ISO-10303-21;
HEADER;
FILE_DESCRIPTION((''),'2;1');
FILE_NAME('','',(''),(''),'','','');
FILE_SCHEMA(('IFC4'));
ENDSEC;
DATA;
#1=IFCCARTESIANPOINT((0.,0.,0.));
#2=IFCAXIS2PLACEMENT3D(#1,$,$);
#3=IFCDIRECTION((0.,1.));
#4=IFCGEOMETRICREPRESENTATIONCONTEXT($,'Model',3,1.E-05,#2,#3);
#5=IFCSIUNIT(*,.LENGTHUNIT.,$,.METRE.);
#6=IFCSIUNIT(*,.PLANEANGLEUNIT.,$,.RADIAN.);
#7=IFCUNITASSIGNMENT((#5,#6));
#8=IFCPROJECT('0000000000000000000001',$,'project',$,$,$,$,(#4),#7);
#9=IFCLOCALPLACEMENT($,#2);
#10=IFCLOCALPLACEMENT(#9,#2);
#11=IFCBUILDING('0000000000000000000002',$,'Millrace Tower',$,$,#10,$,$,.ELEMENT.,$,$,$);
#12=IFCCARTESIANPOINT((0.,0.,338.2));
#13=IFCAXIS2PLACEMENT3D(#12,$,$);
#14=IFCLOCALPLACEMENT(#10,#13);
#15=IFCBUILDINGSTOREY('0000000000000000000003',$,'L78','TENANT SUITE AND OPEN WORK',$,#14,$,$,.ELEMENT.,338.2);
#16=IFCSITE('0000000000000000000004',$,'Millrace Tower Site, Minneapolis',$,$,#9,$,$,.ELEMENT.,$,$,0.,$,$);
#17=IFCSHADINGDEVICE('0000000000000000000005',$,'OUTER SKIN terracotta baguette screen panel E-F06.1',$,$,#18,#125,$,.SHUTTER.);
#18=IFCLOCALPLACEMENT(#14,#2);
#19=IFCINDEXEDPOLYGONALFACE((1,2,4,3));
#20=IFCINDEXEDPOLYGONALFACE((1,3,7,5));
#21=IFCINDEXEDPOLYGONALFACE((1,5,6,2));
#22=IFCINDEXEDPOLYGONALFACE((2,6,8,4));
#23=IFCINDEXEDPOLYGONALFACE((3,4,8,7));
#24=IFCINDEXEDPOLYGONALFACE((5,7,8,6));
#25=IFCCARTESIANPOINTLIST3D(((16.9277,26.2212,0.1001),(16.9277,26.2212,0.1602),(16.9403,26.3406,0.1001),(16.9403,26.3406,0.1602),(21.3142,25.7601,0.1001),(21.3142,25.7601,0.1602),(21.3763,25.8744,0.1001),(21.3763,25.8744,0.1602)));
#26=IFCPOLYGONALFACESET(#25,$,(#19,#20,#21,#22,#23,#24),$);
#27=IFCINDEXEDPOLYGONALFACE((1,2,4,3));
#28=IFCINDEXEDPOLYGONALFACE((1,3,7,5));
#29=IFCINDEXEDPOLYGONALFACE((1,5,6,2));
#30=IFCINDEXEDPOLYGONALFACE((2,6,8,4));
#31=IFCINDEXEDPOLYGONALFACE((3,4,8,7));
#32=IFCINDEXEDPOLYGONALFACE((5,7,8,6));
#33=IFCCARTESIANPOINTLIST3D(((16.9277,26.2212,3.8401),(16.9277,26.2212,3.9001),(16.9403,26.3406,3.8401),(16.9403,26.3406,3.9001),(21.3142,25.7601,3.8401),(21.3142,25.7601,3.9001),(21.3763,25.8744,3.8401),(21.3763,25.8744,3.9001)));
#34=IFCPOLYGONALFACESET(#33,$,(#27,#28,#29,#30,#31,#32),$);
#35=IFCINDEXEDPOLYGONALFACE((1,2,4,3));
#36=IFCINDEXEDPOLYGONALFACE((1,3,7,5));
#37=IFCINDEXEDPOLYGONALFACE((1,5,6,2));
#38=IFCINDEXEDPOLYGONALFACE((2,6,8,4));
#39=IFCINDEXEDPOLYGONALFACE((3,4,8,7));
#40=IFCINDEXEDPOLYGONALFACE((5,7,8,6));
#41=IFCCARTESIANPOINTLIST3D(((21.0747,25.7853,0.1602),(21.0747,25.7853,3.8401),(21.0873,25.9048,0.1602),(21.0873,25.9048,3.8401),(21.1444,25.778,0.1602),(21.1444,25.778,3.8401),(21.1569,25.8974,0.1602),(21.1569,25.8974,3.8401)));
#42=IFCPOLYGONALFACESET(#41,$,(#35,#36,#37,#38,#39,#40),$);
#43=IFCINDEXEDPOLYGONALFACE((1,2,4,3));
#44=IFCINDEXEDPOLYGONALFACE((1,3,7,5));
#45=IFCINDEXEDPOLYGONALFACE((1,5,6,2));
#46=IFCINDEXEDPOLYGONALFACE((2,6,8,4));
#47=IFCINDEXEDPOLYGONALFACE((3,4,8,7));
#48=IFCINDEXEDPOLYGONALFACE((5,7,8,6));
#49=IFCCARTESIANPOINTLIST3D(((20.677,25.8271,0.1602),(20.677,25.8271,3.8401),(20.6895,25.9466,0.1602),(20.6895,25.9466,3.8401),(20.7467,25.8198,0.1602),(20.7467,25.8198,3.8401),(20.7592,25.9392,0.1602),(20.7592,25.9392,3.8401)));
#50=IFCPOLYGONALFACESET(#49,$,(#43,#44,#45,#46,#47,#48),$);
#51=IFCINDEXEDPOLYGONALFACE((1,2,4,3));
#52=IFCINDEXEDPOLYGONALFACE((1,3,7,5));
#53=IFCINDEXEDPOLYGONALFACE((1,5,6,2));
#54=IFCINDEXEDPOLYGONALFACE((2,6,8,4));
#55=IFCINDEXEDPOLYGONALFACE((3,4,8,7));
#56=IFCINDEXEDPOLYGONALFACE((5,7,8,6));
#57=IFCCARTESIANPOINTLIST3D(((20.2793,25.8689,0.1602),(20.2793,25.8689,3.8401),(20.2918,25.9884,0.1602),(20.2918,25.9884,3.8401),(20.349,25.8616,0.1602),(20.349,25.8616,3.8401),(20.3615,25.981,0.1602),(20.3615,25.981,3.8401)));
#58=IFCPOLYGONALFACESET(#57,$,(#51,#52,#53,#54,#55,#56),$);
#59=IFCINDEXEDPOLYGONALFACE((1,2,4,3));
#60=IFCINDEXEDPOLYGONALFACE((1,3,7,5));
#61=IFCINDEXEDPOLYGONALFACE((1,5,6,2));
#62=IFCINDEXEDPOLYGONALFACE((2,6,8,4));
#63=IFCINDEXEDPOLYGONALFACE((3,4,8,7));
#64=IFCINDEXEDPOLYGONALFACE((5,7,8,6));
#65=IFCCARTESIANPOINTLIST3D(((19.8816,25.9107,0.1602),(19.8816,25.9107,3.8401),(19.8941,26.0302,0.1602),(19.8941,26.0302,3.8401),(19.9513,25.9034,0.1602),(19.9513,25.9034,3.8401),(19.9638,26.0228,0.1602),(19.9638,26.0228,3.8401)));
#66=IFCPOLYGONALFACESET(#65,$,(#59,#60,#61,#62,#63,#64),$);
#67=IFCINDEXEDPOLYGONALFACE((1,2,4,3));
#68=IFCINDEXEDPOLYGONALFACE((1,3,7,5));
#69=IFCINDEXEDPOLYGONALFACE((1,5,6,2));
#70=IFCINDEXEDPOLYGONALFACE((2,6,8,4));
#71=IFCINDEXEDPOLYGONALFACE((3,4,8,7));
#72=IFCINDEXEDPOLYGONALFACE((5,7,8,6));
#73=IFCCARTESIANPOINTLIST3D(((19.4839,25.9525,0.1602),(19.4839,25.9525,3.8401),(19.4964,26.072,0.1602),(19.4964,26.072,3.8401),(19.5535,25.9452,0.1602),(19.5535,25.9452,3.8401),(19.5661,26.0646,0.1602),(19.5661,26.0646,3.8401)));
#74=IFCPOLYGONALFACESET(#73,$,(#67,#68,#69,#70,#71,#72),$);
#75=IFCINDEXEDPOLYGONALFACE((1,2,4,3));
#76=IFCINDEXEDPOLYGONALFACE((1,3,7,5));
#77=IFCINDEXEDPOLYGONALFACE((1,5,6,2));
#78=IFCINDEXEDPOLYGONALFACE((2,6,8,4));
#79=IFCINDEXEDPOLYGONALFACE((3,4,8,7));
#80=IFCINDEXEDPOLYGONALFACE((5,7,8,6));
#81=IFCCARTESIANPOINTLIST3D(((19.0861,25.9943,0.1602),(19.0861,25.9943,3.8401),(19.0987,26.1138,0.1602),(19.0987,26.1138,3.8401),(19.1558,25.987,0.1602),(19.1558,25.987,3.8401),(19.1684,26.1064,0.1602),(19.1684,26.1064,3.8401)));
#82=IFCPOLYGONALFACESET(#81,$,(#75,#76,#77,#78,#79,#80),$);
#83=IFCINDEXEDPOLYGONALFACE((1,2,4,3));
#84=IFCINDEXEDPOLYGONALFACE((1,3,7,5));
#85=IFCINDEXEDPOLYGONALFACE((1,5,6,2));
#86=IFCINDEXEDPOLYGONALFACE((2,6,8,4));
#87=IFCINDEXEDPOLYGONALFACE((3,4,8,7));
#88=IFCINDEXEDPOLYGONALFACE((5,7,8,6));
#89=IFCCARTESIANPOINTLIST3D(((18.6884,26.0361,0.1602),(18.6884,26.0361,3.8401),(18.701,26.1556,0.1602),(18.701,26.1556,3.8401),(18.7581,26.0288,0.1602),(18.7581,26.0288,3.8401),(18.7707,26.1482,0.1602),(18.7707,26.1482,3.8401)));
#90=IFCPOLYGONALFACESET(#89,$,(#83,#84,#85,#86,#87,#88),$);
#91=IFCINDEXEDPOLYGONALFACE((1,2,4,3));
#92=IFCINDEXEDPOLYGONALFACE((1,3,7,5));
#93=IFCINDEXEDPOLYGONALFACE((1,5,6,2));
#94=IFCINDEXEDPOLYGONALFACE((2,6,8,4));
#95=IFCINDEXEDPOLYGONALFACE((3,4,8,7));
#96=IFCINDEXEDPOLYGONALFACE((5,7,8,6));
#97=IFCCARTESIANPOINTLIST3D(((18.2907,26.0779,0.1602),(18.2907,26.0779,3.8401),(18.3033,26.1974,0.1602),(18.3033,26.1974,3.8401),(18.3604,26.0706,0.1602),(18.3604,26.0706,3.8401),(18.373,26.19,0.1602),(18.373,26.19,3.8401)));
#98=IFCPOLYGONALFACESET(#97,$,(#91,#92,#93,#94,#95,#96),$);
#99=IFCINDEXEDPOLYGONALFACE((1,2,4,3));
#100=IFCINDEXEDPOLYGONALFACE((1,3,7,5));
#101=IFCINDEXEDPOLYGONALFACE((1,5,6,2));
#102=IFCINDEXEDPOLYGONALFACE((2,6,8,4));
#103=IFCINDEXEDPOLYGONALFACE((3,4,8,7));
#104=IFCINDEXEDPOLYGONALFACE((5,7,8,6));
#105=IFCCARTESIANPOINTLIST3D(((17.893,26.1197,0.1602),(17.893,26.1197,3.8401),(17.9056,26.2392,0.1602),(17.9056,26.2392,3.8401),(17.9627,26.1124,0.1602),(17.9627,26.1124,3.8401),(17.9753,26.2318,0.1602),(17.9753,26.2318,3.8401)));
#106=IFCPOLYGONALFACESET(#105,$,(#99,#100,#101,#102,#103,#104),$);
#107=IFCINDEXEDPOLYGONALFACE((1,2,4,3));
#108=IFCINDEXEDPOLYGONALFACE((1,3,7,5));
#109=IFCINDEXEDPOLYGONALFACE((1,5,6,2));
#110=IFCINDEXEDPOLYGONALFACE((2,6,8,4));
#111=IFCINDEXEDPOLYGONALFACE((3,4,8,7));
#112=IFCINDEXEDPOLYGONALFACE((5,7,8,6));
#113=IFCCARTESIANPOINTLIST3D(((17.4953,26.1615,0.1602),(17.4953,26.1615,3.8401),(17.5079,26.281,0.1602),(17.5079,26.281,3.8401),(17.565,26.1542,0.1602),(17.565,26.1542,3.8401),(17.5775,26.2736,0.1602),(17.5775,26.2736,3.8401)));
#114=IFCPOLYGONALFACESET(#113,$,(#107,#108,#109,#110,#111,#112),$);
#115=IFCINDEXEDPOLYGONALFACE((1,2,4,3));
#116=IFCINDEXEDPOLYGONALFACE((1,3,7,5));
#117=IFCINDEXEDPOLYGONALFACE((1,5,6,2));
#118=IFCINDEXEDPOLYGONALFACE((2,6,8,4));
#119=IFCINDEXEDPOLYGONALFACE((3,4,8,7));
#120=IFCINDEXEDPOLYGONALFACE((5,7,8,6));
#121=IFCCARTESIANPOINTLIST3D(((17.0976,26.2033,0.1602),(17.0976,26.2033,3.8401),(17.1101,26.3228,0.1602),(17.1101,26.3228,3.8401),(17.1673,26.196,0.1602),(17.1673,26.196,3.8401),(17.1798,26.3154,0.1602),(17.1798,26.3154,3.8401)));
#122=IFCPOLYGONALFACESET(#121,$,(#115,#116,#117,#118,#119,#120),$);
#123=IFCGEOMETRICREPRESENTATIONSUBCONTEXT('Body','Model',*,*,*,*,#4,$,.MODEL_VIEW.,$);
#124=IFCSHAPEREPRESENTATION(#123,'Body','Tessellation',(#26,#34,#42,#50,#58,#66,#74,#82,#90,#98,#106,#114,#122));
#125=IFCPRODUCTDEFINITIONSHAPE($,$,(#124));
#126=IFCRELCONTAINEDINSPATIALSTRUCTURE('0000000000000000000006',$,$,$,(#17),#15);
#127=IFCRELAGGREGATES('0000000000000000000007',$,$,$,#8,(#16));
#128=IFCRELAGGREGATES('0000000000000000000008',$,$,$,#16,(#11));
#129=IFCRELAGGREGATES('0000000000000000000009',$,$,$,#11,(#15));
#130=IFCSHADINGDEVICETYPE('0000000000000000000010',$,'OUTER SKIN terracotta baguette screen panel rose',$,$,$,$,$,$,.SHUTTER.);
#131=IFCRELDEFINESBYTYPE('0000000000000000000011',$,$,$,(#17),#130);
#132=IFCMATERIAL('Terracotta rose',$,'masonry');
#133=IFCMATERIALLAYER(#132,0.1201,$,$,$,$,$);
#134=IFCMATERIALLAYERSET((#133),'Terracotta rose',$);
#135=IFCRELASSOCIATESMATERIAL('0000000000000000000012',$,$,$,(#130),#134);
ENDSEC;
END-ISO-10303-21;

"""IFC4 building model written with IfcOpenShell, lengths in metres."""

from ifc_helpers import new_model, entity, si_unit, direction, frame, frame_2d, origin, place, context, subcontext, project, spatial, rectangle, extrude, source, transform, mapped, material, layer, layer_set, type_object, element, save


model = new_model("IFC4")

# Units and contexts
model_context = context("Model", 3, precision=1e-05, world=origin(), true_north=direction((0.0, 1.0)))
body_context = subcontext(model_context, "Body", "Model", "MODEL_VIEW")
ifc_project = project(units=[si_unit("LENGTHUNIT", "METRE"), si_unit("PLANEANGLEUNIT", "RADIAN")], contexts=[model_context])

# Site, building, storey
site_placement = place(None, origin())
site = spatial("IfcSite", under=ifc_project, at=site_placement, Name="Millrace Tower Site, Minneapolis", CompositionType="ELEMENT", RefElevation=0.0)
building_placement = place(site_placement, origin())
building = spatial("IfcBuilding", under=site, at=building_placement, Name="Millrace Tower", CompositionType="ELEMENT")
storey_placement = place(building_placement, frame((0.0, 0.0, 338.2)))
storey = spatial("IfcBuildingStorey", under=building, at=storey_placement, Name="L78", Description="TENANT SUITE AND OPEN WORK", CompositionType="ELEMENT", Elevation=338.2)

# Shading device
ifc_material_1 = material(Name="Terracotta rose", Category="masonry")
ifc_layer_1 = layer(ifc_material_1, 0.1201)
ifc_layer_set_1 = layer_set([ifc_layer_1], Name="Terracotta rose")
shading_device_type = type_object("IfcShadingDeviceType", Name="OUTER SKIN terracotta baguette screen panel rose", PredefinedType="SHUTTER", material=ifc_layer_set_1)
cartesian_point_1 = entity("IfcCartesianPoint", [-2.1929, 0.0601])
shared_polyline_1 = entity("IfcPolyline", [cartesian_point_1, entity("IfcCartesianPoint", [2.2178, 0.0601]), entity("IfcCartesianPoint", [2.2178, -0.0601]), entity("IfcCartesianPoint", [-2.2427, -0.0601]), cartesian_point_1])
shared_shape_1 = source(origin(), body_context, "Body", "SweptSolid", [
    entity("IfcExtrudedAreaSolid", entity("IfcArbitraryClosedProfileDef", "AREA", None, shared_polyline_1), entity("IfcAxis2Placement3D", entity("IfcCartesianPoint", [0.0, 0.0, 0.0])), entity("IfcDirection", [0.0, 0.0, 1.0]), 0.0601),
    entity("IfcExtrudedAreaSolid", entity("IfcArbitraryClosedProfileDef", "AREA", None, shared_polyline_1), entity("IfcAxis2Placement3D", entity("IfcCartesianPoint", [0.0, 0.0, 3.74])), entity("IfcDirection", [0.0, 0.0, 1.0]), 0.0601),
    extrude(rectangle(XDim=0.0701, YDim=0.1201, at=frame_2d((-1.9871, 0.0))), frame((0.0, 0.0, 0.0601)), (0.0, 0.0, 1.0), 3.6799),
    extrude(rectangle(XDim=0.0701, YDim=0.1201, at=frame_2d((-1.5872, 0.0))), frame((0.0, 0.0, 0.0601)), (0.0, 0.0, 1.0), 3.6799),
    extrude(rectangle(XDim=0.0701, YDim=0.1201, at=frame_2d((-1.1873, 0.0))), frame((0.0, 0.0, 0.0601)), (0.0, 0.0, 1.0), 3.6799),
    extrude(rectangle(XDim=0.0701, YDim=0.1201, at=frame_2d((-0.7874, 0.0))), frame((0.0, 0.0, 0.0601)), (0.0, 0.0, 1.0), 3.6799),
    extrude(rectangle(XDim=0.0701, YDim=0.1201, at=frame_2d((-0.3875, 0.0))), frame((0.0, 0.0, 0.0601)), (0.0, 0.0, 1.0), 3.6799),
    extrude(rectangle(XDim=0.0701, YDim=0.1201, at=frame_2d((0.0125, 0.0))), frame((0.0, 0.0, 0.0601)), (0.0, 0.0, 1.0), 3.6799),
    extrude(rectangle(XDim=0.0701, YDim=0.1201, at=frame_2d((0.4124, 0.0))), frame((0.0, 0.0, 0.0601)), (0.0, 0.0, 1.0), 3.6799),
    extrude(rectangle(XDim=0.0701, YDim=0.1201, at=frame_2d((0.8123, 0.0))), frame((0.0, 0.0, 0.0601)), (0.0, 0.0, 1.0), 3.6799),
    extrude(rectangle(XDim=0.0701, YDim=0.1201, at=frame_2d((1.2122, 0.0))), frame((0.0, 0.0, 0.0601)), (0.0, 0.0, 1.0), 3.6799),
    extrude(rectangle(XDim=0.0701, YDim=0.1201, at=frame_2d((1.6121, 0.0))), frame((0.0, 0.0, 0.0601)), (0.0, 0.0, 1.0), 3.6799),
    extrude(rectangle(XDim=0.0701, YDim=0.1201, at=frame_2d((2.012, 0.0))), frame((0.0, 0.0, 0.0601)), (0.0, 0.0, 1.0), 3.6799),
])
shading_device_1_placement = place(storey_placement, frame((19.1396, 26.0491, 0.1001), z_axis=(0.0, 0.0, 1.0), x_axis=(-0.994522, 0.104528, 0.0)))
element("IfcShadingDevice", 1, at=shading_device_1_placement, inside=storey, type_object=shading_device_type, Name="OUTER SKIN terracotta baguette screen panel E-F06.1", PredefinedType="SHUTTER", context=body_context, shape_type="MappedRepresentation", body=[
    mapped(shared_shape_1, transform((0.0, 0.0, 0.0), scale=1.0)),
])

save(model, "model.ifc")
